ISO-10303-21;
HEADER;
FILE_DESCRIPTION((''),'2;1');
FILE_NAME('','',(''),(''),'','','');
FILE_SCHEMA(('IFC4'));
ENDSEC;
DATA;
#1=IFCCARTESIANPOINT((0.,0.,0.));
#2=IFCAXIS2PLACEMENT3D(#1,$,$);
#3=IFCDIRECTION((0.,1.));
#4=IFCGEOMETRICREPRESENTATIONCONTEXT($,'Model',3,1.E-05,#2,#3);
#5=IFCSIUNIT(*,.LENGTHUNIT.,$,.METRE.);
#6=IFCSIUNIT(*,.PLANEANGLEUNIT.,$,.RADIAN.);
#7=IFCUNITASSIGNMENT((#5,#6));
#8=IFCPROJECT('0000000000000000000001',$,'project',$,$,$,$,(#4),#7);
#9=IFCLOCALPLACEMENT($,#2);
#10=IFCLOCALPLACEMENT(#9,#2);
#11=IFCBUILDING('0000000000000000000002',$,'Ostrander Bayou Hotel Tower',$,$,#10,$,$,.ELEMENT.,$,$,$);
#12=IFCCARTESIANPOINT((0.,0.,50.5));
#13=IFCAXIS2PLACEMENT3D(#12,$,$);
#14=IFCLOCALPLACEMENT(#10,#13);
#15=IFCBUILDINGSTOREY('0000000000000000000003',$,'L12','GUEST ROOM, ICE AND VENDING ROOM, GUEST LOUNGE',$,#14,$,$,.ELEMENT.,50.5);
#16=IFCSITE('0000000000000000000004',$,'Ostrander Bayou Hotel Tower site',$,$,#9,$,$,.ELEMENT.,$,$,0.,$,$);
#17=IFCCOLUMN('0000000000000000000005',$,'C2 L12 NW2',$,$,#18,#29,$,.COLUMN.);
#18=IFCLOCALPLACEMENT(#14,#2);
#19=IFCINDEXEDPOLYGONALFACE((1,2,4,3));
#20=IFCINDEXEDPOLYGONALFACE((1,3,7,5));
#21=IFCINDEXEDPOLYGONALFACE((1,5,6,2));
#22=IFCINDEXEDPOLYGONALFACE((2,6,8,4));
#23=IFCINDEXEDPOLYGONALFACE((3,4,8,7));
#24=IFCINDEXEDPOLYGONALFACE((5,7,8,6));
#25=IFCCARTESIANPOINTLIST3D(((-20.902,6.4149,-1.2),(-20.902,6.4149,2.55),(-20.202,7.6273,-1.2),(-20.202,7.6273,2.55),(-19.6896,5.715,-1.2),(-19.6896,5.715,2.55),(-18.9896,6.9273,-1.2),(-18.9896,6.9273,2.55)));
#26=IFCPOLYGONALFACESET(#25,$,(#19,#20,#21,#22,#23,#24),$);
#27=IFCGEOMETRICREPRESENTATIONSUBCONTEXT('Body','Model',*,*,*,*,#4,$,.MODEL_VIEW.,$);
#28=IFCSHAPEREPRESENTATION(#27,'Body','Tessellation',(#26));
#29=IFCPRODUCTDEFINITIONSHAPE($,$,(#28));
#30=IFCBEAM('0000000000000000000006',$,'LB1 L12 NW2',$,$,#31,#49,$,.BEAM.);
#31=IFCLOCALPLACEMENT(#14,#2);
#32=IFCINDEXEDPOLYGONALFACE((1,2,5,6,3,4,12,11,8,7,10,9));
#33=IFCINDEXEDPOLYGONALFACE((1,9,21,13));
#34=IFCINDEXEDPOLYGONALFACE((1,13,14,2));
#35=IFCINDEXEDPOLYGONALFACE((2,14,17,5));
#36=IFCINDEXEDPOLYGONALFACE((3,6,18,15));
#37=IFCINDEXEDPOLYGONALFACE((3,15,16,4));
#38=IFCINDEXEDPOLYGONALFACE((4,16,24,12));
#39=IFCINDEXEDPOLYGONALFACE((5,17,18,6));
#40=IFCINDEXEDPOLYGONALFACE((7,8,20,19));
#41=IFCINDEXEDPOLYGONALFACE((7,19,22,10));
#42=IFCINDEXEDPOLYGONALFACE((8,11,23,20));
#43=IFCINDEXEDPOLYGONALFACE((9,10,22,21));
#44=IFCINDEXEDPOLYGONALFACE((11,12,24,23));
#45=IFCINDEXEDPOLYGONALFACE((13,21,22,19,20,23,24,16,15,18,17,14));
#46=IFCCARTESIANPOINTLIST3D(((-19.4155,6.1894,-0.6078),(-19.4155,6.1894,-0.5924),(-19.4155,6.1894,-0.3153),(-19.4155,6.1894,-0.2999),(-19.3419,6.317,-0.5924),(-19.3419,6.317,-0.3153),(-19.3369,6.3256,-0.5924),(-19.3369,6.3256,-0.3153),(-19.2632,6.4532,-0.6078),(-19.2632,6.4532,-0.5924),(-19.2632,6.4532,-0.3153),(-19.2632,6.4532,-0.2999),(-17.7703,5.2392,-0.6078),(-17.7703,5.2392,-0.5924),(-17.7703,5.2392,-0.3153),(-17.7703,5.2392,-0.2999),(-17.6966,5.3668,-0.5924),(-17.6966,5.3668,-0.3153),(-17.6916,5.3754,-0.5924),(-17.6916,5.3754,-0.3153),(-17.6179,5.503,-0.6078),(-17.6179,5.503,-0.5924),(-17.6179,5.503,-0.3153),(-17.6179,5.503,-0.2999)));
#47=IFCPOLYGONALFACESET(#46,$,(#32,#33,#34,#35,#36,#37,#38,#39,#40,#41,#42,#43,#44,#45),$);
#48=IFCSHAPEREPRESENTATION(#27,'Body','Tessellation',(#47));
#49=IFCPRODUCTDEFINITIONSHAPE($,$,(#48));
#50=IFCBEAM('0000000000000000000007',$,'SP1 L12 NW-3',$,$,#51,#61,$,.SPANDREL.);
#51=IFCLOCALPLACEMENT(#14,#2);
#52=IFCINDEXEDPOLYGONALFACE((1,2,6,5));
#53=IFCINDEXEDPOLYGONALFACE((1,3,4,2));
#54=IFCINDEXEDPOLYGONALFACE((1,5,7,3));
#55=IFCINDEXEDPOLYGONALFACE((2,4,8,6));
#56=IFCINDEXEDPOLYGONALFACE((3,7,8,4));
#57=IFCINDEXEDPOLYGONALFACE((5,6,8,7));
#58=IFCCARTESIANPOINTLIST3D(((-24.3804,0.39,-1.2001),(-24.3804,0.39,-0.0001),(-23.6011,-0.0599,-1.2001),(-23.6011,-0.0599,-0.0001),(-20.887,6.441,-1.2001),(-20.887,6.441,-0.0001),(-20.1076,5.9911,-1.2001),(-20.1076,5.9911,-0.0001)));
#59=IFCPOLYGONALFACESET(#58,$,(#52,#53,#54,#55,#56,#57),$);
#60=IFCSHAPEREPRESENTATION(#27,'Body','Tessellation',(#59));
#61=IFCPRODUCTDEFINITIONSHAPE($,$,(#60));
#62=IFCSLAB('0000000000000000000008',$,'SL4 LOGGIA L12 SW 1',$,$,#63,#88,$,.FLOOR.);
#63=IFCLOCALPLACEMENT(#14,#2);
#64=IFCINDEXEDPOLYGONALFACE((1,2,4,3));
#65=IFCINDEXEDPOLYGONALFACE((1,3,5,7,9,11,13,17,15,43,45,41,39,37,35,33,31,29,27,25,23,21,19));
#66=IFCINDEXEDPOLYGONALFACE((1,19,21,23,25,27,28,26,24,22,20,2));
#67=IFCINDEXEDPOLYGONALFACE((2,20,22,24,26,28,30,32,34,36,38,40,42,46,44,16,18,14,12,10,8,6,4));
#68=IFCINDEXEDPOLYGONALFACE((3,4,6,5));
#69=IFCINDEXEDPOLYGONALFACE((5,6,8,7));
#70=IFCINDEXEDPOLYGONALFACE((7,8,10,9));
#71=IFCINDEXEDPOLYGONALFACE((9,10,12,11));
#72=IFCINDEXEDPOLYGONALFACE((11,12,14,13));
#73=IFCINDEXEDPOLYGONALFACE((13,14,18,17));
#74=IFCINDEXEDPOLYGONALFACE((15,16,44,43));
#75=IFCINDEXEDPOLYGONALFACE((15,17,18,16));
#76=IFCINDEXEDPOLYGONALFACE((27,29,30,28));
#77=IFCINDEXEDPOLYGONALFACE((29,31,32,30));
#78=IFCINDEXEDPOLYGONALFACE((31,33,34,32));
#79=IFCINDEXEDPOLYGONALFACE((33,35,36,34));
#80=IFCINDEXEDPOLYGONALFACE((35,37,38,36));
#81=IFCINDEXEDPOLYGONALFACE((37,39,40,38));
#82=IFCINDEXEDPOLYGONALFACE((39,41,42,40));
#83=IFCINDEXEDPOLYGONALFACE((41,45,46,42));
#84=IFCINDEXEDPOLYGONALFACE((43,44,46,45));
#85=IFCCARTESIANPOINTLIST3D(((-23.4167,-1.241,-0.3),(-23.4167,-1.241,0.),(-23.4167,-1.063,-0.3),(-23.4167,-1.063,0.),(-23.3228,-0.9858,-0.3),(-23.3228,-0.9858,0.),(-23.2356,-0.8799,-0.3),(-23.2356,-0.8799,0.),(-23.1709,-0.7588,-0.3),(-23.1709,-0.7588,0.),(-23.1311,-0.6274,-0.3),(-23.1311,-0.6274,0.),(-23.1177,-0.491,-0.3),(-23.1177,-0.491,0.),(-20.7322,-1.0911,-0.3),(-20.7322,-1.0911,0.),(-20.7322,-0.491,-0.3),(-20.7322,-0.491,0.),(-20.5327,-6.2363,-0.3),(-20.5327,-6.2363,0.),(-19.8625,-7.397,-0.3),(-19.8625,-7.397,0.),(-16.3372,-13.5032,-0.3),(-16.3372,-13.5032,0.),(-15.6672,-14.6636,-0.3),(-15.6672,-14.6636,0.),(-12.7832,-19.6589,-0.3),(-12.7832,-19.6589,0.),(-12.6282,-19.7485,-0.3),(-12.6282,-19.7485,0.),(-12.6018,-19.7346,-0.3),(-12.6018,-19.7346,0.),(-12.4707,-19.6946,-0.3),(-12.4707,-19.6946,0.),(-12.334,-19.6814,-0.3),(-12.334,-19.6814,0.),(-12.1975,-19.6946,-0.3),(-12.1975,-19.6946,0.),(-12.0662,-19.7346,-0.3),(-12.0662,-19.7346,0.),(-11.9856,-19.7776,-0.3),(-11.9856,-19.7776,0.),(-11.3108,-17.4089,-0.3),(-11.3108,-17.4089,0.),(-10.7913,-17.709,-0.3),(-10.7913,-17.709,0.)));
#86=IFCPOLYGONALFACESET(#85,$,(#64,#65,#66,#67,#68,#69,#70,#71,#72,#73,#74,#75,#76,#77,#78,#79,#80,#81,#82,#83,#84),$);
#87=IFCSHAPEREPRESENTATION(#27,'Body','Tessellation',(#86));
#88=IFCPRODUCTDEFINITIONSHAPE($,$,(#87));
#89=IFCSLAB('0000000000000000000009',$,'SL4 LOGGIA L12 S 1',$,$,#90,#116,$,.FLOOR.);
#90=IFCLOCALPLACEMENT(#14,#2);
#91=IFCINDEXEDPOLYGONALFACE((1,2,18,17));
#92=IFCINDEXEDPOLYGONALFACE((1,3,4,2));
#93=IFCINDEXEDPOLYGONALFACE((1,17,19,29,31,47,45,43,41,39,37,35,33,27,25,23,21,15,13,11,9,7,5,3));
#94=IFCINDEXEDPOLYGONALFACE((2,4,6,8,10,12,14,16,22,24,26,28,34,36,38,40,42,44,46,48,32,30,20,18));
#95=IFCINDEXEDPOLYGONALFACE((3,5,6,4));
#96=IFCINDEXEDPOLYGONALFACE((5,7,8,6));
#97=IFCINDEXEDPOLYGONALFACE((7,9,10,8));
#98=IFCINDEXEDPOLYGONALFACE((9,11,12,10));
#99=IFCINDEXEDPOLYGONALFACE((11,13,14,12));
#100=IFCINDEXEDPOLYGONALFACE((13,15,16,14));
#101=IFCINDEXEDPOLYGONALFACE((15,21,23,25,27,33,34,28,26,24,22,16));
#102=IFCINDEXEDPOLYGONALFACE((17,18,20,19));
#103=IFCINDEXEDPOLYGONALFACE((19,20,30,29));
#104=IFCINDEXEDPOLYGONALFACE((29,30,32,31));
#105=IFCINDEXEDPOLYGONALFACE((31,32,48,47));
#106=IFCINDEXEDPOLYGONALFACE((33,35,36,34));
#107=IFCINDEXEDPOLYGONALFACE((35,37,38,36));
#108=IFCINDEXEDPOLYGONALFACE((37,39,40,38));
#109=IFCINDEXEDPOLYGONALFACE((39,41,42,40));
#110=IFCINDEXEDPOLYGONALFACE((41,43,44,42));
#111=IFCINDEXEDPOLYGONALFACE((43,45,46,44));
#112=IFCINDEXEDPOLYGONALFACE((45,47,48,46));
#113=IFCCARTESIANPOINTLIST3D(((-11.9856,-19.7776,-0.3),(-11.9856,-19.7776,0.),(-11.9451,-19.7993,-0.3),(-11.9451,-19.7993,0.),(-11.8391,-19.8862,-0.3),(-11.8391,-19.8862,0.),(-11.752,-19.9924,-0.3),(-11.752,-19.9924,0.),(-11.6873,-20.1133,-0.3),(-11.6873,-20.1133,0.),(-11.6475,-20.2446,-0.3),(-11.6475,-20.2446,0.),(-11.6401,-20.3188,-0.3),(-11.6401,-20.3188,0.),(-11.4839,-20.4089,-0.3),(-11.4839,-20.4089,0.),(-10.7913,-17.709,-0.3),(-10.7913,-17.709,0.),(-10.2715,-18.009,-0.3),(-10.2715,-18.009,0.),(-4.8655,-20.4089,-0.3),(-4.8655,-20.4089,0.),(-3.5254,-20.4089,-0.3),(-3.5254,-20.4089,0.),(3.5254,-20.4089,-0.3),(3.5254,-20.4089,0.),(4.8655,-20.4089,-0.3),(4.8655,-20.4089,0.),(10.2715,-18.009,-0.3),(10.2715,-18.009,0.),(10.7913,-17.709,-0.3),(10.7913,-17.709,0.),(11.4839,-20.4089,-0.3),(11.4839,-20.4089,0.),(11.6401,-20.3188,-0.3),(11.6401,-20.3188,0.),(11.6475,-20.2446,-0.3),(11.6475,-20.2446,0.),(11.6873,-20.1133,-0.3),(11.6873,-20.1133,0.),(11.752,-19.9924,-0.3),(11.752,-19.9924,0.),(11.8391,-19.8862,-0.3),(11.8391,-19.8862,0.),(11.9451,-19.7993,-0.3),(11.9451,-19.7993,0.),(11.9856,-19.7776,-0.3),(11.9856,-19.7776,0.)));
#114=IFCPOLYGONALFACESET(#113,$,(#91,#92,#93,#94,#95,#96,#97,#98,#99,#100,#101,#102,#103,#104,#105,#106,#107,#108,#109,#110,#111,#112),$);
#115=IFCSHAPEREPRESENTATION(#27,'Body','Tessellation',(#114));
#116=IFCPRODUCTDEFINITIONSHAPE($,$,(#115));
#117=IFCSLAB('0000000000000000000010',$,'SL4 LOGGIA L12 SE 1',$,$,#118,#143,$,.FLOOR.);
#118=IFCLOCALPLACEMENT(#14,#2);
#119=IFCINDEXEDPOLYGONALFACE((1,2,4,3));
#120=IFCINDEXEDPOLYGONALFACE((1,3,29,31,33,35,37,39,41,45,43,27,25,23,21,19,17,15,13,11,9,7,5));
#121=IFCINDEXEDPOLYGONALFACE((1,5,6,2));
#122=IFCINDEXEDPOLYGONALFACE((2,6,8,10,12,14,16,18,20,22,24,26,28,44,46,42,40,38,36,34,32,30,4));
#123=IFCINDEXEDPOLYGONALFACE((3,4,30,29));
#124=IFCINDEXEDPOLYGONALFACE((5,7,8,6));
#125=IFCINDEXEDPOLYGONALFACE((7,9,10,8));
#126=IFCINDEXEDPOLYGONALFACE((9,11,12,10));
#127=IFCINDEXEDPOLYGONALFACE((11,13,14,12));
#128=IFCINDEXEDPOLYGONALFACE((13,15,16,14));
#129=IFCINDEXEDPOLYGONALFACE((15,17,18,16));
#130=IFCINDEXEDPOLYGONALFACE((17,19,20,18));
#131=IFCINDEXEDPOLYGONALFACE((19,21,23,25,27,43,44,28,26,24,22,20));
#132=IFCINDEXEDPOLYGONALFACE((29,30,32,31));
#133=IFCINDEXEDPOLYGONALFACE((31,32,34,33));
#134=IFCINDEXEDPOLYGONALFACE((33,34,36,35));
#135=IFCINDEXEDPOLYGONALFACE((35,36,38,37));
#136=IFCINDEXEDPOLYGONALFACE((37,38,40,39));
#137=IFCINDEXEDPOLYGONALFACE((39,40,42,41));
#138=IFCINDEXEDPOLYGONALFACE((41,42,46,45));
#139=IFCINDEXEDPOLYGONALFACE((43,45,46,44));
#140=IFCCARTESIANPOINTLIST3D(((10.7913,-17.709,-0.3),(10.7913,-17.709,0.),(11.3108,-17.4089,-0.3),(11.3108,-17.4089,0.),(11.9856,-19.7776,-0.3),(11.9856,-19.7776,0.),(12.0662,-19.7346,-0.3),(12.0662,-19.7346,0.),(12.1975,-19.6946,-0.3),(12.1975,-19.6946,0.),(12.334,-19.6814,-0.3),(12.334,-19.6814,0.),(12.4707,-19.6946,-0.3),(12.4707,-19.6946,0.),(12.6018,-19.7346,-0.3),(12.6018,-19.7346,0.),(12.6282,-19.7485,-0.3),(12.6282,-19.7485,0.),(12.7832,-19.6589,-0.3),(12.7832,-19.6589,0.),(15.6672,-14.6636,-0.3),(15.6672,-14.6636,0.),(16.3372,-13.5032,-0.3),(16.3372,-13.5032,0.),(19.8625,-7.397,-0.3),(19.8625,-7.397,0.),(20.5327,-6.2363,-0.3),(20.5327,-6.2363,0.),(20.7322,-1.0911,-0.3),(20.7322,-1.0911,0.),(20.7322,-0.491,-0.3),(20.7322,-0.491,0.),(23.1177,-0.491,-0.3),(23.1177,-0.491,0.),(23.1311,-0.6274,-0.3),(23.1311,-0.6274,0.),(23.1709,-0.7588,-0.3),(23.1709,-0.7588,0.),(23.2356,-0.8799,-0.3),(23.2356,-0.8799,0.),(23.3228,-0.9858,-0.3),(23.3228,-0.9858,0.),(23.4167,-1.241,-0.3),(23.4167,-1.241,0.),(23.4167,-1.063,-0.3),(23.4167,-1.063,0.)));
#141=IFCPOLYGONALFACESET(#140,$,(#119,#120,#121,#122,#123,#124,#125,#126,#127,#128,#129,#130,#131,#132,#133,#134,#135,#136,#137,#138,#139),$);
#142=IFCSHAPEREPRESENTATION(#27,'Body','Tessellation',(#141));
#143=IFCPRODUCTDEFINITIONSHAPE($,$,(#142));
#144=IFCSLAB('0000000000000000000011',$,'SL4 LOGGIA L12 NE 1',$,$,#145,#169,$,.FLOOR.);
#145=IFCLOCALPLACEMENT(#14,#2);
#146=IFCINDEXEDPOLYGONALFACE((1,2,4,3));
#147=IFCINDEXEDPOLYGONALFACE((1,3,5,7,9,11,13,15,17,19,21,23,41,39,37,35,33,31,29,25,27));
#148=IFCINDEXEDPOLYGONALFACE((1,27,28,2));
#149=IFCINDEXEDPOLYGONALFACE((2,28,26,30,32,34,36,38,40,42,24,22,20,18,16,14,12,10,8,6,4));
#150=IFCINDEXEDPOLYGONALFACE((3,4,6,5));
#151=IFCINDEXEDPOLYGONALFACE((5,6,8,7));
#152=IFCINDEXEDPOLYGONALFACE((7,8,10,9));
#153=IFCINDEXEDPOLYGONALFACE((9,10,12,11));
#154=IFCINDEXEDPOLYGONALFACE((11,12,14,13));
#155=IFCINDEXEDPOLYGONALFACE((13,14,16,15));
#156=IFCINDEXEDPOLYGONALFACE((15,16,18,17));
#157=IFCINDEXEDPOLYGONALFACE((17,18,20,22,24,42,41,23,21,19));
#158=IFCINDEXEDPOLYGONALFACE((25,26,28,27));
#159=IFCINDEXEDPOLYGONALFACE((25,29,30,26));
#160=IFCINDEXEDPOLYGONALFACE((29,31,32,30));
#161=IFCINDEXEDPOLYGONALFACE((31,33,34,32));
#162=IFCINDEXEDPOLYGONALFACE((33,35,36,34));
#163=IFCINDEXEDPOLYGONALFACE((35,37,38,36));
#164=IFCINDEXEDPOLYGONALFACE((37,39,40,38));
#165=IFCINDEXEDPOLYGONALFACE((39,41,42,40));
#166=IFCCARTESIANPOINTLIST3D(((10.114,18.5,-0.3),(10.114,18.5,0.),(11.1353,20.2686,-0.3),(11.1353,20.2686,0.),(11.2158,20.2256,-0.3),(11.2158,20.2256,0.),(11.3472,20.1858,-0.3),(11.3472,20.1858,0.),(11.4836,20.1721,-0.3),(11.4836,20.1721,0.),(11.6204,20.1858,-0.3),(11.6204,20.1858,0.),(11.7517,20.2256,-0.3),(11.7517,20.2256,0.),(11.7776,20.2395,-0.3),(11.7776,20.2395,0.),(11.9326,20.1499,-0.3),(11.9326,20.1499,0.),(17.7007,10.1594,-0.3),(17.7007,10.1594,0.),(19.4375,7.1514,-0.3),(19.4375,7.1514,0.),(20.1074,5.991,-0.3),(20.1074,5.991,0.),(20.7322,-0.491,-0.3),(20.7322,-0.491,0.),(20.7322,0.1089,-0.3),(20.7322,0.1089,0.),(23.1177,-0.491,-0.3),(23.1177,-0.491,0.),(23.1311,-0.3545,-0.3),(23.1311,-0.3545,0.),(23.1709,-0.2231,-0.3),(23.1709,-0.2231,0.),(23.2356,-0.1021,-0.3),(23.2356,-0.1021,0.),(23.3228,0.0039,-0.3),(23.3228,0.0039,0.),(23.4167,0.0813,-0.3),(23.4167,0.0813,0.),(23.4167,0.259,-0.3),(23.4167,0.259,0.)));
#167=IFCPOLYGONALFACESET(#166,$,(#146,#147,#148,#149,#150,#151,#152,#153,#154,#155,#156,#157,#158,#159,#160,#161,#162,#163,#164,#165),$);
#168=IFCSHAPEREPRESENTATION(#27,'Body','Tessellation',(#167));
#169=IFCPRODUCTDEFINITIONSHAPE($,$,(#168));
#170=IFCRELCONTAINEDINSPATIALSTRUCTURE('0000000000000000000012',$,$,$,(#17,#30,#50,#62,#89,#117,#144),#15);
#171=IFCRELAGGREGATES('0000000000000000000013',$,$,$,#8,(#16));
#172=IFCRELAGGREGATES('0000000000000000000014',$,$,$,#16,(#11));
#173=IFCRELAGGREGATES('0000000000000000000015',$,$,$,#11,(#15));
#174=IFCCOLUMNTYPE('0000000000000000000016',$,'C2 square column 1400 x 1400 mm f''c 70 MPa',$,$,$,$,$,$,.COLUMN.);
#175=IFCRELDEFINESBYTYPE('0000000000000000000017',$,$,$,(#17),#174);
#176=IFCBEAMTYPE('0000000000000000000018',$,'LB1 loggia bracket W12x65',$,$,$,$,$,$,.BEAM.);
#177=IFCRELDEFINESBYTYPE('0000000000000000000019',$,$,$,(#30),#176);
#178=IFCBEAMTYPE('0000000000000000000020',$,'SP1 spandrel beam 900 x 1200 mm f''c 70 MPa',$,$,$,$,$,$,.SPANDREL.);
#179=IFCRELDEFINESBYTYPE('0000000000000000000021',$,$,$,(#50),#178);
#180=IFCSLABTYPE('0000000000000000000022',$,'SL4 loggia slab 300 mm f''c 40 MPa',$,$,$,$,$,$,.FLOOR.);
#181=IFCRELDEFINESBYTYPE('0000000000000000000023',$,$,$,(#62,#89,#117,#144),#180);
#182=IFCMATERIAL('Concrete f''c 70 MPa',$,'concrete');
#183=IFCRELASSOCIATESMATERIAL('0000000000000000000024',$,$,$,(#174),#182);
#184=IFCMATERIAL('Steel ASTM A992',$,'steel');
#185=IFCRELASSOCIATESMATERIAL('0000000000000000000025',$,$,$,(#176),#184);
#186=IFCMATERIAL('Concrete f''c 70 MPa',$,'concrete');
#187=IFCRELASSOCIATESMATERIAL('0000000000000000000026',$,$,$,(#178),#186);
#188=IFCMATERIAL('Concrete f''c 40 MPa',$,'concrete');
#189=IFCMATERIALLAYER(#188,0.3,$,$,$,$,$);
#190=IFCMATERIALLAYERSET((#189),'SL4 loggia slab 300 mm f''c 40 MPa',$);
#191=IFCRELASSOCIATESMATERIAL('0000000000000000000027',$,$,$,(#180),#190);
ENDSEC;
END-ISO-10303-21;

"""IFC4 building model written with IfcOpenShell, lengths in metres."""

from ifc_helpers import new_model, si_unit, direction, frame, origin, origin_2d, place, context, subcontext, project, spatial, polyline, rectangle, i_section, outline, extrude, material, layer, layer_set, material_profile, profile_set, type_object, element, save


model = new_model("IFC4")

# Units and contexts
model_context = context("Model", 3, precision=1e-05, world=origin(), true_north=direction((0.0, 1.0)))
body_context = subcontext(model_context, "Body", "Model", "MODEL_VIEW")
ifc_project = project(units=[si_unit("LENGTHUNIT", "METRE"), si_unit("PLANEANGLEUNIT", "RADIAN")], contexts=[model_context])

# Site, building, storey
site_placement = place(None, origin())
site = spatial("IfcSite", under=ifc_project, at=site_placement, Name="Ostrander Bayou Hotel Tower site", CompositionType="ELEMENT", RefElevation=0.0)
building_placement = place(site_placement, origin())
building = spatial("IfcBuilding", under=site, at=building_placement, Name="Ostrander Bayou Hotel Tower", CompositionType="ELEMENT")
storey_placement = place(building_placement, frame((0.0, 0.0, 50.5)))
storey = spatial("IfcBuildingStorey", under=building, at=storey_placement, Name="L12", Description="GUEST ROOM, ICE AND VENDING ROOM, GUEST LOUNGE", CompositionType="ELEMENT", Elevation=50.5)

# Column
ifc_material_1 = material(Name="Concrete f'c 70 MPa", Category="concrete")
ifc_material_profile_1 = material_profile(ifc_material_1, rectangle(XDim=1.3999, YDim=1.3999, at=origin_2d()))
ifc_profile_set_1 = profile_set([ifc_material_profile_1], Name="Concrete f'c 70 MPa")
column_type = type_object("IfcColumnType", Name="C2 square column 1400 x 1400 mm f'c 70 MPa", PredefinedType="COLUMN", material=ifc_profile_set_1)
column_placement = place(storey_placement, frame((-19.9458, 6.6711, -1.2), z_axis=(0.0, 0.0, 1.0), x_axis=(0.5, 0.866025, 0.0)))
element("IfcColumn", 1, at=column_placement, inside=storey, type_object=column_type, Name="C2 L12 NW2", PredefinedType="COLUMN", context=body_context, shape_type="SweptSolid", body=[
    extrude(rectangle(XDim=1.3999, YDim=1.3999, at=origin_2d()), origin(), (0.0, 0.0, 1.0), 3.75),
])

# Beams
ifc_material_2 = material(Name="Steel ASTM A992", Category="steel")
ifc_material_profile_2 = material_profile(ifc_material_2, i_section(OverallWidth=0.3047, OverallDepth=0.3079, WebThickness=0.01, FlangeThickness=0.0154, at=origin_2d()))
ifc_profile_set_2 = profile_set([ifc_material_profile_2], Name="Steel ASTM A992")
beam_type_1 = type_object("IfcBeamType", Name="LB1 loggia bracket W12x65", PredefinedType="BEAM", material=ifc_profile_set_2)
beam_1_placement = place(storey_placement, frame((-19.3394, 6.3213, -0.4539), z_axis=(0.865957, -0.500119, 0.0), x_axis=(0.500119, 0.865957, 0.0)))
element("IfcBeam", 2, at=beam_1_placement, inside=storey, type_object=beam_type_1, Name="LB1 L12 NW2", PredefinedType="BEAM", context=body_context, shape_type="SweptSolid", body=[
    extrude(i_section(OverallWidth=0.3047, OverallDepth=0.3079, WebThickness=0.01, FlangeThickness=0.0154, at=origin_2d()), origin(), (0.0, 0.0, 1.0), 1.8999),
])
ifc_material_3 = material(Name="Concrete f'c 70 MPa", Category="concrete")
ifc_material_profile_3 = material_profile(ifc_material_3, rectangle(XDim=0.8999, YDim=1.2, at=origin_2d()))
ifc_profile_set_3 = profile_set([ifc_material_profile_3], Name="Concrete f'c 70 MPa")
beam_type_2 = type_object("IfcBeamType", Name="SP1 spandrel beam 900 x 1200 mm f'c 70 MPa", PredefinedType="SPANDREL", material=ifc_profile_set_3)
beam_2_placement = place(storey_placement, frame((-20.4973, 6.2161, -0.6001), z_axis=(-0.499984, -0.866035, 0.0), x_axis=(0.866035, -0.499984, 0.0)))
element("IfcBeam", 3, at=beam_2_placement, inside=storey, type_object=beam_type_2, Name="SP1 L12 NW-3", PredefinedType="SPANDREL", context=body_context, shape_type="SweptSolid", body=[
    extrude(rectangle(XDim=0.8999, YDim=1.2, at=origin_2d()), origin(), (0.0, 0.0, 1.0), 6.9871),
])

# Slabs
ifc_material_4 = material(Name="Concrete f'c 40 MPa", Category="concrete")
ifc_layer_1 = layer(ifc_material_4, 0.3)
ifc_layer_set_1 = layer_set([ifc_layer_1], Name="SL4 loggia slab 300 mm f'c 40 MPa")
slab_type_1 = type_object("IfcSlabType", Name="SL4 loggia slab 300 mm f'c 40 MPa", PredefinedType="FLOOR", material=ifc_layer_set_1)
slab_1_placement = place(storey_placement, frame((0.0, 0.0, -0.3)))
element("IfcSlab", 4, at=slab_1_placement, inside=storey, type_object=slab_type_1, Name="SL4 LOGGIA L12 SW 1", PredefinedType="FLOOR", context=body_context, shape_type="SweptSolid", body=[
    extrude(outline(polyline([(-10.7913, -17.709), (-11.9856, -19.7776), (-12.0662, -19.7346), (-12.1975, -19.6946), (-12.334, -19.6814), (-12.4707, -19.6946), (-12.6018, -19.7346), (-12.6282, -19.7485), (-12.7832, -19.6589), (-15.6672, -14.6636), (-16.3372, -13.5032), (-19.8625, -7.397), (-20.5327, -6.2363), (-23.4167, -1.241), (-23.4167, -1.063), (-23.3228, -0.9858), (-23.2356, -0.8799), (-23.1709, -0.7588), (-23.1311, -0.6274), (-23.1177, -0.491), (-20.7322, -0.491), (-20.7322, -1.0911), (-11.3108, -17.4089), (-10.7913, -17.709)])), origin(), (0.0, 0.0, 1.0), 0.3),
])
slab_2_placement = place(storey_placement, frame((0.0, 0.0, -0.3)))
element("IfcSlab", 5, at=slab_2_placement, inside=storey, type_object=slab_type_1, Name="SL4 LOGGIA L12 S 1", PredefinedType="FLOOR", context=body_context, shape_type="SweptSolid", body=[
    extrude(outline(polyline([(10.7913, -17.709), (11.9856, -19.7776), (11.9451, -19.7993), (11.8391, -19.8862), (11.752, -19.9924), (11.6873, -20.1133), (11.6475, -20.2446), (11.6401, -20.3188), (11.4839, -20.4089), (4.8655, -20.4089), (3.5254, -20.4089), (-3.5254, -20.4089), (-4.8655, -20.4089), (-11.4839, -20.4089), (-11.6401, -20.3188), (-11.6475, -20.2446), (-11.6873, -20.1133), (-11.752, -19.9924), (-11.8391, -19.8862), (-11.9451, -19.7993), (-11.9856, -19.7776), (-10.7913, -17.709), (-10.2715, -18.009), (10.2715, -18.009), (10.7913, -17.709)])), origin(), (0.0, 0.0, 1.0), 0.3),
])
slab_3_placement = place(storey_placement, frame((0.0, 0.0, -0.3)))
element("IfcSlab", 6, at=slab_3_placement, inside=storey, type_object=slab_type_1, Name="SL4 LOGGIA L12 SE 1", PredefinedType="FLOOR", context=body_context, shape_type="SweptSolid", body=[
    extrude(outline(polyline([(20.7322, -0.491), (23.1177, -0.491), (23.1311, -0.6274), (23.1709, -0.7588), (23.2356, -0.8799), (23.3228, -0.9858), (23.4167, -1.063), (23.4167, -1.241), (20.5327, -6.2363), (19.8625, -7.397), (16.3372, -13.5032), (15.6672, -14.6636), (12.7832, -19.6589), (12.6282, -19.7485), (12.6018, -19.7346), (12.4707, -19.6946), (12.334, -19.6814), (12.1975, -19.6946), (12.0662, -19.7346), (11.9856, -19.7776), (10.7913, -17.709), (11.3108, -17.4089), (20.7322, -1.0911), (20.7322, -0.491)])), origin(), (0.0, 0.0, 1.0), 0.3),
])
slab_4_placement = place(storey_placement, frame((0.0, 0.0, -0.3)))
element("IfcSlab", 7, at=slab_4_placement, inside=storey, type_object=slab_type_1, Name="SL4 LOGGIA L12 NE 1", PredefinedType="FLOOR", context=body_context, shape_type="SweptSolid", body=[
    extrude(outline(polyline([(11.1353, 20.2686), (11.2158, 20.2256), (11.3472, 20.1858), (11.4836, 20.1721), (11.6204, 20.1858), (11.7517, 20.2256), (11.7776, 20.2395), (11.9326, 20.1499), (17.7007, 10.1594), (19.4375, 7.1514), (20.1074, 5.991), (23.4167, 0.259), (23.4167, 0.0813), (23.3228, 0.0039), (23.2356, -0.1021), (23.1709, -0.2231), (23.1311, -0.3545), (23.1177, -0.491), (20.7322, -0.491), (20.7322, 0.1089), (10.114, 18.5), (11.1353, 20.2686)])), origin(), (0.0, 0.0, 1.0), 0.3),
])

save(model, "model.ifc")
